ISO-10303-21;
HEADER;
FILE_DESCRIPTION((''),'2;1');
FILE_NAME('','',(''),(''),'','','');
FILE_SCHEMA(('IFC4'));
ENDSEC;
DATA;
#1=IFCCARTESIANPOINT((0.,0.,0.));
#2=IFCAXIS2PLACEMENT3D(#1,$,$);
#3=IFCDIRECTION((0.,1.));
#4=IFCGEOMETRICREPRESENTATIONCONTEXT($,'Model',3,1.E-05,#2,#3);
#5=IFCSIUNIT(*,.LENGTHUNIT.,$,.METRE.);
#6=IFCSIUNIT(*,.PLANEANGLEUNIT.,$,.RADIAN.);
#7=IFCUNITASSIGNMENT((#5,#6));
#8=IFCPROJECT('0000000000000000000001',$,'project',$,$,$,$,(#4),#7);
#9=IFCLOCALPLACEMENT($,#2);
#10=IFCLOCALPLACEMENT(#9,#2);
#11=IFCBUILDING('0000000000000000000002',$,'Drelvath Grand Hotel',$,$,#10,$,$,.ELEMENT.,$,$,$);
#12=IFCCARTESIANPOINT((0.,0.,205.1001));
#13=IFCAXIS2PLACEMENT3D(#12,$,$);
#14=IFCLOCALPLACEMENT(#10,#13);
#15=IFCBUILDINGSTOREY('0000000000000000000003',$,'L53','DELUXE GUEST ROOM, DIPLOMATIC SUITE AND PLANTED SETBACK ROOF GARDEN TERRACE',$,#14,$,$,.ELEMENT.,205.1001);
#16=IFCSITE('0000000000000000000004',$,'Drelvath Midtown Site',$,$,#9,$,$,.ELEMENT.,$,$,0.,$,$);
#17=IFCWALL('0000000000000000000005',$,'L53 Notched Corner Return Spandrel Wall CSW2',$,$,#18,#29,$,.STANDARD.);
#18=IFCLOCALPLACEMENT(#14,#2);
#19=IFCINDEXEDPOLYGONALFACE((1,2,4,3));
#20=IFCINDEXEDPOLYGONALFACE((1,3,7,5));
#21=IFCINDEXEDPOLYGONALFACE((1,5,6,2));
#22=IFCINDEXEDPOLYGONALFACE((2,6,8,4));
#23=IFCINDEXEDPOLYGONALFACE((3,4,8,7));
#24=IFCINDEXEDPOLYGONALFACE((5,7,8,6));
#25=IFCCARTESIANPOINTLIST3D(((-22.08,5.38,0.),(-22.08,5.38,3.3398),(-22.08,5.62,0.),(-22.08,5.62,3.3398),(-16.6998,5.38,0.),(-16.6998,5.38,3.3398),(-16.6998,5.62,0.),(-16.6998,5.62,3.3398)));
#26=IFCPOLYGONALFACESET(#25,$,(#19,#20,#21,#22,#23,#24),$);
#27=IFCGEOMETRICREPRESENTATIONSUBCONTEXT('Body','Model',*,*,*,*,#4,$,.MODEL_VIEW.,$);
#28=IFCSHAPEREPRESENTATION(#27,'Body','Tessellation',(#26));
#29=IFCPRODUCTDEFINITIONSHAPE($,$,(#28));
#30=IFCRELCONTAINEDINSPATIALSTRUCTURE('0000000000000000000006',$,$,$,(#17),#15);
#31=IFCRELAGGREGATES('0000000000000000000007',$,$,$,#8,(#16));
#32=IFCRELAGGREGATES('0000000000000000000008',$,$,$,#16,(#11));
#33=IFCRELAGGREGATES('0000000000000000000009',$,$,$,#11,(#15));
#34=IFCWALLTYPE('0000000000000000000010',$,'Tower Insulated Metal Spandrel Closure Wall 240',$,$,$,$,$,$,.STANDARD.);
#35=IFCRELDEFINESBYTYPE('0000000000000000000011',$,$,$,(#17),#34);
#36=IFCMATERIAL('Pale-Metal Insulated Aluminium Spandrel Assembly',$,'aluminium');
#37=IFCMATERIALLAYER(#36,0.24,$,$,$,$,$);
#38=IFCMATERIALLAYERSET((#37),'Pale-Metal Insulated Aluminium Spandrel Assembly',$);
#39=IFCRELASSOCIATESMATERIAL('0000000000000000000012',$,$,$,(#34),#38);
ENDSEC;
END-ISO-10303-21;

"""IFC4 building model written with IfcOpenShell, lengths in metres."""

from ifc_helpers import new_model, si_unit, direction, frame, frame_2d, origin, place, context, subcontext, project, spatial, rectangle, extrude, material, layer, layer_set, type_object, element, save


model = new_model("IFC4")

# Units and contexts
model_context = context("Model", 3, precision=1e-05, world=origin(), true_north=direction((0.0, 1.0)))
body_context = subcontext(model_context, "Body", "Model", "MODEL_VIEW")
ifc_project = project(units=[si_unit("LENGTHUNIT", "METRE"), si_unit("PLANEANGLEUNIT", "RADIAN")], contexts=[model_context])

# Site, building, storey
site_placement = place(None, origin())
site = spatial("IfcSite", under=ifc_project, at=site_placement, Name="Drelvath Midtown Site", CompositionType="ELEMENT", RefElevation=0.0)
building_placement = place(site_placement, origin())
building = spatial("IfcBuilding", under=site, at=building_placement, Name="Drelvath Grand Hotel", CompositionType="ELEMENT")
storey_placement = place(building_placement, frame((0.0, 0.0, 205.1001)))
storey = spatial("IfcBuildingStorey", under=building, at=storey_placement, Name="L53", Description="DELUXE GUEST ROOM, DIPLOMATIC SUITE AND PLANTED SETBACK ROOF GARDEN TERRACE", CompositionType="ELEMENT", Elevation=205.1001)

# Wall
ifc_material_1 = material(Name="Pale-Metal Insulated Aluminium Spandrel Assembly", Category="aluminium")
ifc_layer_1 = layer(ifc_material_1, 0.24)
ifc_layer_set_1 = layer_set([ifc_layer_1], Name="Pale-Metal Insulated Aluminium Spandrel Assembly")
wall_type_1 = type_object("IfcWallType", Name="Tower Insulated Metal Spandrel Closure Wall 240", PredefinedType="STANDARD", material=ifc_layer_set_1)
wall_1_placement = place(storey_placement, frame((-16.7, 5.5, 0.0), z_axis=(0.0, 0.0, 1.0), x_axis=(-1.0, 0.0, 0.0)))
element("IfcWall", 1, at=wall_1_placement, inside=storey, type_object=wall_type_1, Name="L53 Notched Corner Return Spandrel Wall CSW2", PredefinedType="STANDARD", context=body_context, shape_type="SweptSolid", body=[
    extrude(rectangle(XDim=5.3801, YDim=0.24, at=frame_2d((2.6899, 0.0))), origin(), (0.0, 0.0, 1.0), 3.3398),
])

save(model, "model.ifc")
